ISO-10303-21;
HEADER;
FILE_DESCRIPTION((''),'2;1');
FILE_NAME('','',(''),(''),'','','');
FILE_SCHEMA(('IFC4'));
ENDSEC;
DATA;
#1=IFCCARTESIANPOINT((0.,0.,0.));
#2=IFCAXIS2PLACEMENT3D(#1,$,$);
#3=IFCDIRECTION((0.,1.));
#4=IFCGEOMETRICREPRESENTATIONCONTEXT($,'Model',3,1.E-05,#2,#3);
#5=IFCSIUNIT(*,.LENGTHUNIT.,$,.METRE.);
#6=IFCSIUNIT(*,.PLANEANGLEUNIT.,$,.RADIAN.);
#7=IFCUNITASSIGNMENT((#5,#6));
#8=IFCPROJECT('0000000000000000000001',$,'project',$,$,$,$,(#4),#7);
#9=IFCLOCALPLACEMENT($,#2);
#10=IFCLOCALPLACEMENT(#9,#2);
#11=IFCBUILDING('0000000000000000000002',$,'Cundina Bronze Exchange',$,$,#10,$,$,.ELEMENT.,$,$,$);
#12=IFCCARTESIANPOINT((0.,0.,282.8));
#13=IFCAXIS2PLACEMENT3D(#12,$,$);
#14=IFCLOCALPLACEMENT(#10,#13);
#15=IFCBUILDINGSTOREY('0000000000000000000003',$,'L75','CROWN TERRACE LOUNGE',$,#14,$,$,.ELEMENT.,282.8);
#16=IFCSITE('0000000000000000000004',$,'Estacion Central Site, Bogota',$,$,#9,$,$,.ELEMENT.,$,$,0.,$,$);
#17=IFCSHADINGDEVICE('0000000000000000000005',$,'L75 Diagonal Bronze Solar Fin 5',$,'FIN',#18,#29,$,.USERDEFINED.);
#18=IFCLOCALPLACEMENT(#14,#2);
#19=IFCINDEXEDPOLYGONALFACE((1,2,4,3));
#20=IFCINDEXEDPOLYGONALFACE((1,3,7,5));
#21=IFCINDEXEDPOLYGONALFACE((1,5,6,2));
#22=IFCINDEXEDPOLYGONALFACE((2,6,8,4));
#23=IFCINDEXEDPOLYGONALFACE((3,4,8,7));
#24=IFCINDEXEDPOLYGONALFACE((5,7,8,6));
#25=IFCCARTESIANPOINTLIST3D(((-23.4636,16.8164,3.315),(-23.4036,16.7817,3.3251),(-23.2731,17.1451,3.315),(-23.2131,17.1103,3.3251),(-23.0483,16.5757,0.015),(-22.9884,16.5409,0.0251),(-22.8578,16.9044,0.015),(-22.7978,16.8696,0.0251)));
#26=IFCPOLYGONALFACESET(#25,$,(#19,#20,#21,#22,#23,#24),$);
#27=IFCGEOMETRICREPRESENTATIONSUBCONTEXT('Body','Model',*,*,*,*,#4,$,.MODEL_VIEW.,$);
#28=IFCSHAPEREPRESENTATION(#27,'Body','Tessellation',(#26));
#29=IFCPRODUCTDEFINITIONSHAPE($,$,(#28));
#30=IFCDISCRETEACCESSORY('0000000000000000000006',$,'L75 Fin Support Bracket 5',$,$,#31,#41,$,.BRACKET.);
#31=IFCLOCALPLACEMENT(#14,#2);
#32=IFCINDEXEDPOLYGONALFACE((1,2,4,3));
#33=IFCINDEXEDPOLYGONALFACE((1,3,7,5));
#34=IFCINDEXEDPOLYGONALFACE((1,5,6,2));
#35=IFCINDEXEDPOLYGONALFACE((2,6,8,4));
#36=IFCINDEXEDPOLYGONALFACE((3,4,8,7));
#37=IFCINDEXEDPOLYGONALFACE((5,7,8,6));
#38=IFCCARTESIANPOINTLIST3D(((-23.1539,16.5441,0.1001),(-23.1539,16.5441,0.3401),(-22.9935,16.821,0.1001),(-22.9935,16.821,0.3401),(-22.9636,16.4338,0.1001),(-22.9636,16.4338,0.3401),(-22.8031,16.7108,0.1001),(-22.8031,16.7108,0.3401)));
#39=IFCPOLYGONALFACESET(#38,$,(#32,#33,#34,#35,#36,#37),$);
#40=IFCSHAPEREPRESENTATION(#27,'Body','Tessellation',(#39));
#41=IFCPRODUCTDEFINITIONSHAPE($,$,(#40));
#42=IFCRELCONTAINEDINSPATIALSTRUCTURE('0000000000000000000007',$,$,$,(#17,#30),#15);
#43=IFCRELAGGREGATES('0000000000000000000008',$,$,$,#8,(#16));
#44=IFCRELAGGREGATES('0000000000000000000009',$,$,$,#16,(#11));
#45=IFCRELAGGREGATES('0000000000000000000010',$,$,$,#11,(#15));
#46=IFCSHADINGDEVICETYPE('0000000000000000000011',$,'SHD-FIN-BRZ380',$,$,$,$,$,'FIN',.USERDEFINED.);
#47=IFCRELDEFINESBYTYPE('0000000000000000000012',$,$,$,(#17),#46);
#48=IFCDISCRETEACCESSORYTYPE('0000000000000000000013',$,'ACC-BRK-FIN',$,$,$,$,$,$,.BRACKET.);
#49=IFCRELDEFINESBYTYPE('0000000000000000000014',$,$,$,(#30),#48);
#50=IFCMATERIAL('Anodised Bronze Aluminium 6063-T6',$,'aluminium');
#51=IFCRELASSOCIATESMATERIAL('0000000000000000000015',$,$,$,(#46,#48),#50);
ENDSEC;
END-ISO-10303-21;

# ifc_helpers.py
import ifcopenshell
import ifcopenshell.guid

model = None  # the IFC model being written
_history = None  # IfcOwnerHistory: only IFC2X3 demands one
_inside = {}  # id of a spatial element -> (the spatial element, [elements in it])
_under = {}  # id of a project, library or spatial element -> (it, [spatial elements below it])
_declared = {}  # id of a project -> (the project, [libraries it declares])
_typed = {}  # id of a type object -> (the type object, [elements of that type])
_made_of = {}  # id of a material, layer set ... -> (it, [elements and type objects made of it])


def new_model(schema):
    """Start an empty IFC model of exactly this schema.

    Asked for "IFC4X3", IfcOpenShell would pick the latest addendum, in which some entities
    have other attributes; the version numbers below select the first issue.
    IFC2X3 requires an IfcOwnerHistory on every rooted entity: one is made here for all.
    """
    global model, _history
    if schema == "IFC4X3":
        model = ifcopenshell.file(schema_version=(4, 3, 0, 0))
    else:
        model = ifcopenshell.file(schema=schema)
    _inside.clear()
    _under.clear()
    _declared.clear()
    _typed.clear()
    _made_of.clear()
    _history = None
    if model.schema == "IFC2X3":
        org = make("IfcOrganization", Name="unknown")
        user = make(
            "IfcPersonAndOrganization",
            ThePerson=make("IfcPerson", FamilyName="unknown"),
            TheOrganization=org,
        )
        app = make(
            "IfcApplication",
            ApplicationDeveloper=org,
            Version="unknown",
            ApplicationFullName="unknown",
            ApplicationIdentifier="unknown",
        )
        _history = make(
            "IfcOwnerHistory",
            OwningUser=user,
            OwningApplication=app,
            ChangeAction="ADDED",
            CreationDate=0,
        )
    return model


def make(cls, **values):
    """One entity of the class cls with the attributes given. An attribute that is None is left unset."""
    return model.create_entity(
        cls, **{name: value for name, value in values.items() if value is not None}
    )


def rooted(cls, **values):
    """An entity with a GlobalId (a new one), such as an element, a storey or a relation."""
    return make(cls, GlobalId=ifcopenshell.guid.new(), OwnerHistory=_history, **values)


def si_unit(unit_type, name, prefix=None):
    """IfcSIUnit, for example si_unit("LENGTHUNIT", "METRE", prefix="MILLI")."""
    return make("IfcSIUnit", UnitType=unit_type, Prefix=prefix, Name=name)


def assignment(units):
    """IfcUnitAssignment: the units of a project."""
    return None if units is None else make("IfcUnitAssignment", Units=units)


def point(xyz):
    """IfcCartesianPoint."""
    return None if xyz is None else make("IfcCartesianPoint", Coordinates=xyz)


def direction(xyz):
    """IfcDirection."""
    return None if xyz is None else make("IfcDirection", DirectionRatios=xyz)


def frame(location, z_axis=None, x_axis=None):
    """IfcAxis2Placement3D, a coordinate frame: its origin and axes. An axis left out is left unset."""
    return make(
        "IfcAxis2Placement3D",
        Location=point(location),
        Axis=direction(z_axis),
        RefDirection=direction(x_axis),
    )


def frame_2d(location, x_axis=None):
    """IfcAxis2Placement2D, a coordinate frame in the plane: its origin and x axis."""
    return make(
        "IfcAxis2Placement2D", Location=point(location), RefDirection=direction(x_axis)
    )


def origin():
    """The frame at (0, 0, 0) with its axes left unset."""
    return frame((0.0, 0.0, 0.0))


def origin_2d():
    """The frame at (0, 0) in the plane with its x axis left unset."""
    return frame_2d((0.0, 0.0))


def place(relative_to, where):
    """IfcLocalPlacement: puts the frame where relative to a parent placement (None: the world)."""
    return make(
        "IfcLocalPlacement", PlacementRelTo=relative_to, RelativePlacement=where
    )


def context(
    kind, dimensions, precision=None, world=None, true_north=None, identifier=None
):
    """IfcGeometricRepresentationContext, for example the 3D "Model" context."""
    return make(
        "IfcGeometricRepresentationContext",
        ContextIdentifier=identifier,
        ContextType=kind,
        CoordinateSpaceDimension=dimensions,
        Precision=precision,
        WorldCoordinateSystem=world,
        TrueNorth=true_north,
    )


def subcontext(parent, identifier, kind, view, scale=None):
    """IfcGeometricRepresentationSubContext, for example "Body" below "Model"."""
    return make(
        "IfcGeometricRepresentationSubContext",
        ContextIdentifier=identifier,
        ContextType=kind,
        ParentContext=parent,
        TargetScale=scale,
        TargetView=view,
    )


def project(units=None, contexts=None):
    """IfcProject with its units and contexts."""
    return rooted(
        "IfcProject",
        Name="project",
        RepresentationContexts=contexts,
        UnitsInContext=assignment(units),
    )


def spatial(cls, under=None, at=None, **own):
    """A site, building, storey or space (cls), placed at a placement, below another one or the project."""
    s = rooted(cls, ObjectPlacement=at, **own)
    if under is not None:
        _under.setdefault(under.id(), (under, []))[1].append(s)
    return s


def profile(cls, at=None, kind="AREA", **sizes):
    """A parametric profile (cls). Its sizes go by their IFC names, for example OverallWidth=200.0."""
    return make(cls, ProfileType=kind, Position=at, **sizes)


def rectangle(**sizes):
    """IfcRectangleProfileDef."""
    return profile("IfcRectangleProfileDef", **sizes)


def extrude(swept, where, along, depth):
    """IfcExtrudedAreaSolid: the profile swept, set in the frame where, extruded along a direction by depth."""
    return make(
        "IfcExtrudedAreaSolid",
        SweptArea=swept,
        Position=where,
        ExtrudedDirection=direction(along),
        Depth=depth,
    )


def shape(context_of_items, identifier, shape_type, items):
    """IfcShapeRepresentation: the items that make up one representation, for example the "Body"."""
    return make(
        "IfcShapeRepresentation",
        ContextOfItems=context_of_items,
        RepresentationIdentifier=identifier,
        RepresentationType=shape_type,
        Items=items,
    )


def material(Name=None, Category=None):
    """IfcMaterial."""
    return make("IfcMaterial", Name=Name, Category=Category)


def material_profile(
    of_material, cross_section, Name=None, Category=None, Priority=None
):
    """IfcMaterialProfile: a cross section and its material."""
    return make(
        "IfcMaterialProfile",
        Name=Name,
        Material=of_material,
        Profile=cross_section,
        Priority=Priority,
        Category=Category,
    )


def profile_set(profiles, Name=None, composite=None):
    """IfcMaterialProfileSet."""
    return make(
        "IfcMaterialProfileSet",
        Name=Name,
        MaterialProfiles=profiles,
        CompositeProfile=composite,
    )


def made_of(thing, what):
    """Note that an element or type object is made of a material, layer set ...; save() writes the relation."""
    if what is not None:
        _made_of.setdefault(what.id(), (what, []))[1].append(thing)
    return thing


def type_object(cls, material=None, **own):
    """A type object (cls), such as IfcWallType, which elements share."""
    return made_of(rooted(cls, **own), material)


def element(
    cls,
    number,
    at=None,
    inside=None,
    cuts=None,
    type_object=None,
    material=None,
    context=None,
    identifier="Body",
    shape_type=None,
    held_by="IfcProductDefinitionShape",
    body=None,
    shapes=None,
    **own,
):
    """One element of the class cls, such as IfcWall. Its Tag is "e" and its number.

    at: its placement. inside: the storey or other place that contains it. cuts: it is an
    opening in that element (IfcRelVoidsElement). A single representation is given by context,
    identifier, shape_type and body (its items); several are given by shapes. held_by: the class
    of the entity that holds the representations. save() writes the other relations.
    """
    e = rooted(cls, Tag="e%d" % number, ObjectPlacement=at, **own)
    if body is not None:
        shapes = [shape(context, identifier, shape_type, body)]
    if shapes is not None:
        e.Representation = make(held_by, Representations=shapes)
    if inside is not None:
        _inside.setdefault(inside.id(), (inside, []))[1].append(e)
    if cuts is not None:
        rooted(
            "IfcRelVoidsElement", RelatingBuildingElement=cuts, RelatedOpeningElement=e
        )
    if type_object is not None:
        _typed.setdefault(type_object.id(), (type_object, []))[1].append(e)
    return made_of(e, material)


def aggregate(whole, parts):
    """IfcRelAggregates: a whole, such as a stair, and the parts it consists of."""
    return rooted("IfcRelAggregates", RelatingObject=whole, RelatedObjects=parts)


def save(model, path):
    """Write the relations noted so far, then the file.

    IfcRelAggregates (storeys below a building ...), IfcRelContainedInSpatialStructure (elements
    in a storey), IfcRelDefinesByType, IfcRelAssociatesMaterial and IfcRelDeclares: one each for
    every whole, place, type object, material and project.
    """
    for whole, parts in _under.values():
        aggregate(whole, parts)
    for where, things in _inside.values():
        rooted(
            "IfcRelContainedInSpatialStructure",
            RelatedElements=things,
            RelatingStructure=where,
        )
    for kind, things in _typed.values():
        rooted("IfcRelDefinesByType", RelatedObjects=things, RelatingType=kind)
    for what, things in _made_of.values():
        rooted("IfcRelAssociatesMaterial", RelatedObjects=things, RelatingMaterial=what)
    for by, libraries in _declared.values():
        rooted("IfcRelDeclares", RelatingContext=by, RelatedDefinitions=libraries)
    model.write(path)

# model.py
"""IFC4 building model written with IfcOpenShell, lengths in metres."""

from ifc_helpers import new_model, si_unit, direction, frame, origin, origin_2d, place, context, subcontext, project, spatial, rectangle, extrude, material, material_profile, profile_set, type_object, element, save


model = new_model("IFC4")

# Units and contexts
model_context = context("Model", 3, precision=1e-05, world=origin(), true_north=direction((0.0, 1.0)))
body_context = subcontext(model_context, "Body", "Model", "MODEL_VIEW")
ifc_project = project(units=[si_unit("LENGTHUNIT", "METRE"), si_unit("PLANEANGLEUNIT", "RADIAN")], contexts=[model_context])

# Site, building, storey
site_placement = place(None, origin())
site = spatial("IfcSite", under=ifc_project, at=site_placement, Name="Estacion Central Site, Bogota", CompositionType="ELEMENT", RefElevation=0.0)
building_placement = place(site_placement, origin())
building = spatial("IfcBuilding", under=site, at=building_placement, Name="Cundina Bronze Exchange", CompositionType="ELEMENT")
storey_placement = place(building_placement, frame((0.0, 0.0, 282.8)))
storey = spatial("IfcBuildingStorey", under=building, at=storey_placement, Name="L75", Description="CROWN TERRACE LOUNGE", CompositionType="ELEMENT", Elevation=282.8)

# Shared definitions
ifc_material_1 = material(Name="Anodised Bronze Aluminium 6063-T6", Category="aluminium")

# Shading device
ifc_material_profile_1 = material_profile(ifc_material_1, rectangle(XDim=0.0701, YDim=0.3799, at=origin_2d()), Name="FIN70X380", Category="aluminium")
ifc_profile_set_1 = profile_set([ifc_material_profile_1], Name="Anodised Bronze Aluminium 6063-T6")
shading_device_type = type_object("IfcShadingDeviceType", Name="SHD-FIN-BRZ380", ElementType="FIN", PredefinedType="USERDEFINED", material=ifc_profile_set_1)
shading_device_placement = place(storey_placement, frame((-22.9231, 16.7227, 0.02), z_axis=(-0.124531, 0.072186, 0.989586), x_axis=(0.85615, -0.496275, 0.14394)))
element("IfcShadingDevice", 1, at=shading_device_placement, inside=storey, type_object=shading_device_type, Name="L75 Diagonal Bronze Solar Fin 5", ObjectType="FIN", PredefinedType="USERDEFINED", context=body_context, shape_type="SweptSolid", body=[
    extrude(rectangle(XDim=0.0701, YDim=0.3799, at=origin_2d()), origin(), (0.0, 0.0, 1.0), 3.3347),
])

# Discrete accessory
discrete_accessory_type = type_object("IfcDiscreteAccessoryType", Name="ACC-BRK-FIN", PredefinedType="BRACKET", material=ifc_material_1)
discrete_accessory_placement = place(storey_placement, frame((-22.9785, 16.6274, 0.1001), z_axis=(0.0, 0.0, 1.0), x_axis=(-0.865309, 0.501239, 0.0)))
element("IfcDiscreteAccessory", 2, at=discrete_accessory_placement, inside=storey, type_object=discrete_accessory_type, Name="L75 Fin Support Bracket 5", PredefinedType="BRACKET", context=body_context, shape_type="SweptSolid", body=[
    extrude(rectangle(XDim=0.22, YDim=0.3201, at=origin_2d()), origin(), (0.0, 0.0, 1.0), 0.24),
])

save(model, "model.ifc")
